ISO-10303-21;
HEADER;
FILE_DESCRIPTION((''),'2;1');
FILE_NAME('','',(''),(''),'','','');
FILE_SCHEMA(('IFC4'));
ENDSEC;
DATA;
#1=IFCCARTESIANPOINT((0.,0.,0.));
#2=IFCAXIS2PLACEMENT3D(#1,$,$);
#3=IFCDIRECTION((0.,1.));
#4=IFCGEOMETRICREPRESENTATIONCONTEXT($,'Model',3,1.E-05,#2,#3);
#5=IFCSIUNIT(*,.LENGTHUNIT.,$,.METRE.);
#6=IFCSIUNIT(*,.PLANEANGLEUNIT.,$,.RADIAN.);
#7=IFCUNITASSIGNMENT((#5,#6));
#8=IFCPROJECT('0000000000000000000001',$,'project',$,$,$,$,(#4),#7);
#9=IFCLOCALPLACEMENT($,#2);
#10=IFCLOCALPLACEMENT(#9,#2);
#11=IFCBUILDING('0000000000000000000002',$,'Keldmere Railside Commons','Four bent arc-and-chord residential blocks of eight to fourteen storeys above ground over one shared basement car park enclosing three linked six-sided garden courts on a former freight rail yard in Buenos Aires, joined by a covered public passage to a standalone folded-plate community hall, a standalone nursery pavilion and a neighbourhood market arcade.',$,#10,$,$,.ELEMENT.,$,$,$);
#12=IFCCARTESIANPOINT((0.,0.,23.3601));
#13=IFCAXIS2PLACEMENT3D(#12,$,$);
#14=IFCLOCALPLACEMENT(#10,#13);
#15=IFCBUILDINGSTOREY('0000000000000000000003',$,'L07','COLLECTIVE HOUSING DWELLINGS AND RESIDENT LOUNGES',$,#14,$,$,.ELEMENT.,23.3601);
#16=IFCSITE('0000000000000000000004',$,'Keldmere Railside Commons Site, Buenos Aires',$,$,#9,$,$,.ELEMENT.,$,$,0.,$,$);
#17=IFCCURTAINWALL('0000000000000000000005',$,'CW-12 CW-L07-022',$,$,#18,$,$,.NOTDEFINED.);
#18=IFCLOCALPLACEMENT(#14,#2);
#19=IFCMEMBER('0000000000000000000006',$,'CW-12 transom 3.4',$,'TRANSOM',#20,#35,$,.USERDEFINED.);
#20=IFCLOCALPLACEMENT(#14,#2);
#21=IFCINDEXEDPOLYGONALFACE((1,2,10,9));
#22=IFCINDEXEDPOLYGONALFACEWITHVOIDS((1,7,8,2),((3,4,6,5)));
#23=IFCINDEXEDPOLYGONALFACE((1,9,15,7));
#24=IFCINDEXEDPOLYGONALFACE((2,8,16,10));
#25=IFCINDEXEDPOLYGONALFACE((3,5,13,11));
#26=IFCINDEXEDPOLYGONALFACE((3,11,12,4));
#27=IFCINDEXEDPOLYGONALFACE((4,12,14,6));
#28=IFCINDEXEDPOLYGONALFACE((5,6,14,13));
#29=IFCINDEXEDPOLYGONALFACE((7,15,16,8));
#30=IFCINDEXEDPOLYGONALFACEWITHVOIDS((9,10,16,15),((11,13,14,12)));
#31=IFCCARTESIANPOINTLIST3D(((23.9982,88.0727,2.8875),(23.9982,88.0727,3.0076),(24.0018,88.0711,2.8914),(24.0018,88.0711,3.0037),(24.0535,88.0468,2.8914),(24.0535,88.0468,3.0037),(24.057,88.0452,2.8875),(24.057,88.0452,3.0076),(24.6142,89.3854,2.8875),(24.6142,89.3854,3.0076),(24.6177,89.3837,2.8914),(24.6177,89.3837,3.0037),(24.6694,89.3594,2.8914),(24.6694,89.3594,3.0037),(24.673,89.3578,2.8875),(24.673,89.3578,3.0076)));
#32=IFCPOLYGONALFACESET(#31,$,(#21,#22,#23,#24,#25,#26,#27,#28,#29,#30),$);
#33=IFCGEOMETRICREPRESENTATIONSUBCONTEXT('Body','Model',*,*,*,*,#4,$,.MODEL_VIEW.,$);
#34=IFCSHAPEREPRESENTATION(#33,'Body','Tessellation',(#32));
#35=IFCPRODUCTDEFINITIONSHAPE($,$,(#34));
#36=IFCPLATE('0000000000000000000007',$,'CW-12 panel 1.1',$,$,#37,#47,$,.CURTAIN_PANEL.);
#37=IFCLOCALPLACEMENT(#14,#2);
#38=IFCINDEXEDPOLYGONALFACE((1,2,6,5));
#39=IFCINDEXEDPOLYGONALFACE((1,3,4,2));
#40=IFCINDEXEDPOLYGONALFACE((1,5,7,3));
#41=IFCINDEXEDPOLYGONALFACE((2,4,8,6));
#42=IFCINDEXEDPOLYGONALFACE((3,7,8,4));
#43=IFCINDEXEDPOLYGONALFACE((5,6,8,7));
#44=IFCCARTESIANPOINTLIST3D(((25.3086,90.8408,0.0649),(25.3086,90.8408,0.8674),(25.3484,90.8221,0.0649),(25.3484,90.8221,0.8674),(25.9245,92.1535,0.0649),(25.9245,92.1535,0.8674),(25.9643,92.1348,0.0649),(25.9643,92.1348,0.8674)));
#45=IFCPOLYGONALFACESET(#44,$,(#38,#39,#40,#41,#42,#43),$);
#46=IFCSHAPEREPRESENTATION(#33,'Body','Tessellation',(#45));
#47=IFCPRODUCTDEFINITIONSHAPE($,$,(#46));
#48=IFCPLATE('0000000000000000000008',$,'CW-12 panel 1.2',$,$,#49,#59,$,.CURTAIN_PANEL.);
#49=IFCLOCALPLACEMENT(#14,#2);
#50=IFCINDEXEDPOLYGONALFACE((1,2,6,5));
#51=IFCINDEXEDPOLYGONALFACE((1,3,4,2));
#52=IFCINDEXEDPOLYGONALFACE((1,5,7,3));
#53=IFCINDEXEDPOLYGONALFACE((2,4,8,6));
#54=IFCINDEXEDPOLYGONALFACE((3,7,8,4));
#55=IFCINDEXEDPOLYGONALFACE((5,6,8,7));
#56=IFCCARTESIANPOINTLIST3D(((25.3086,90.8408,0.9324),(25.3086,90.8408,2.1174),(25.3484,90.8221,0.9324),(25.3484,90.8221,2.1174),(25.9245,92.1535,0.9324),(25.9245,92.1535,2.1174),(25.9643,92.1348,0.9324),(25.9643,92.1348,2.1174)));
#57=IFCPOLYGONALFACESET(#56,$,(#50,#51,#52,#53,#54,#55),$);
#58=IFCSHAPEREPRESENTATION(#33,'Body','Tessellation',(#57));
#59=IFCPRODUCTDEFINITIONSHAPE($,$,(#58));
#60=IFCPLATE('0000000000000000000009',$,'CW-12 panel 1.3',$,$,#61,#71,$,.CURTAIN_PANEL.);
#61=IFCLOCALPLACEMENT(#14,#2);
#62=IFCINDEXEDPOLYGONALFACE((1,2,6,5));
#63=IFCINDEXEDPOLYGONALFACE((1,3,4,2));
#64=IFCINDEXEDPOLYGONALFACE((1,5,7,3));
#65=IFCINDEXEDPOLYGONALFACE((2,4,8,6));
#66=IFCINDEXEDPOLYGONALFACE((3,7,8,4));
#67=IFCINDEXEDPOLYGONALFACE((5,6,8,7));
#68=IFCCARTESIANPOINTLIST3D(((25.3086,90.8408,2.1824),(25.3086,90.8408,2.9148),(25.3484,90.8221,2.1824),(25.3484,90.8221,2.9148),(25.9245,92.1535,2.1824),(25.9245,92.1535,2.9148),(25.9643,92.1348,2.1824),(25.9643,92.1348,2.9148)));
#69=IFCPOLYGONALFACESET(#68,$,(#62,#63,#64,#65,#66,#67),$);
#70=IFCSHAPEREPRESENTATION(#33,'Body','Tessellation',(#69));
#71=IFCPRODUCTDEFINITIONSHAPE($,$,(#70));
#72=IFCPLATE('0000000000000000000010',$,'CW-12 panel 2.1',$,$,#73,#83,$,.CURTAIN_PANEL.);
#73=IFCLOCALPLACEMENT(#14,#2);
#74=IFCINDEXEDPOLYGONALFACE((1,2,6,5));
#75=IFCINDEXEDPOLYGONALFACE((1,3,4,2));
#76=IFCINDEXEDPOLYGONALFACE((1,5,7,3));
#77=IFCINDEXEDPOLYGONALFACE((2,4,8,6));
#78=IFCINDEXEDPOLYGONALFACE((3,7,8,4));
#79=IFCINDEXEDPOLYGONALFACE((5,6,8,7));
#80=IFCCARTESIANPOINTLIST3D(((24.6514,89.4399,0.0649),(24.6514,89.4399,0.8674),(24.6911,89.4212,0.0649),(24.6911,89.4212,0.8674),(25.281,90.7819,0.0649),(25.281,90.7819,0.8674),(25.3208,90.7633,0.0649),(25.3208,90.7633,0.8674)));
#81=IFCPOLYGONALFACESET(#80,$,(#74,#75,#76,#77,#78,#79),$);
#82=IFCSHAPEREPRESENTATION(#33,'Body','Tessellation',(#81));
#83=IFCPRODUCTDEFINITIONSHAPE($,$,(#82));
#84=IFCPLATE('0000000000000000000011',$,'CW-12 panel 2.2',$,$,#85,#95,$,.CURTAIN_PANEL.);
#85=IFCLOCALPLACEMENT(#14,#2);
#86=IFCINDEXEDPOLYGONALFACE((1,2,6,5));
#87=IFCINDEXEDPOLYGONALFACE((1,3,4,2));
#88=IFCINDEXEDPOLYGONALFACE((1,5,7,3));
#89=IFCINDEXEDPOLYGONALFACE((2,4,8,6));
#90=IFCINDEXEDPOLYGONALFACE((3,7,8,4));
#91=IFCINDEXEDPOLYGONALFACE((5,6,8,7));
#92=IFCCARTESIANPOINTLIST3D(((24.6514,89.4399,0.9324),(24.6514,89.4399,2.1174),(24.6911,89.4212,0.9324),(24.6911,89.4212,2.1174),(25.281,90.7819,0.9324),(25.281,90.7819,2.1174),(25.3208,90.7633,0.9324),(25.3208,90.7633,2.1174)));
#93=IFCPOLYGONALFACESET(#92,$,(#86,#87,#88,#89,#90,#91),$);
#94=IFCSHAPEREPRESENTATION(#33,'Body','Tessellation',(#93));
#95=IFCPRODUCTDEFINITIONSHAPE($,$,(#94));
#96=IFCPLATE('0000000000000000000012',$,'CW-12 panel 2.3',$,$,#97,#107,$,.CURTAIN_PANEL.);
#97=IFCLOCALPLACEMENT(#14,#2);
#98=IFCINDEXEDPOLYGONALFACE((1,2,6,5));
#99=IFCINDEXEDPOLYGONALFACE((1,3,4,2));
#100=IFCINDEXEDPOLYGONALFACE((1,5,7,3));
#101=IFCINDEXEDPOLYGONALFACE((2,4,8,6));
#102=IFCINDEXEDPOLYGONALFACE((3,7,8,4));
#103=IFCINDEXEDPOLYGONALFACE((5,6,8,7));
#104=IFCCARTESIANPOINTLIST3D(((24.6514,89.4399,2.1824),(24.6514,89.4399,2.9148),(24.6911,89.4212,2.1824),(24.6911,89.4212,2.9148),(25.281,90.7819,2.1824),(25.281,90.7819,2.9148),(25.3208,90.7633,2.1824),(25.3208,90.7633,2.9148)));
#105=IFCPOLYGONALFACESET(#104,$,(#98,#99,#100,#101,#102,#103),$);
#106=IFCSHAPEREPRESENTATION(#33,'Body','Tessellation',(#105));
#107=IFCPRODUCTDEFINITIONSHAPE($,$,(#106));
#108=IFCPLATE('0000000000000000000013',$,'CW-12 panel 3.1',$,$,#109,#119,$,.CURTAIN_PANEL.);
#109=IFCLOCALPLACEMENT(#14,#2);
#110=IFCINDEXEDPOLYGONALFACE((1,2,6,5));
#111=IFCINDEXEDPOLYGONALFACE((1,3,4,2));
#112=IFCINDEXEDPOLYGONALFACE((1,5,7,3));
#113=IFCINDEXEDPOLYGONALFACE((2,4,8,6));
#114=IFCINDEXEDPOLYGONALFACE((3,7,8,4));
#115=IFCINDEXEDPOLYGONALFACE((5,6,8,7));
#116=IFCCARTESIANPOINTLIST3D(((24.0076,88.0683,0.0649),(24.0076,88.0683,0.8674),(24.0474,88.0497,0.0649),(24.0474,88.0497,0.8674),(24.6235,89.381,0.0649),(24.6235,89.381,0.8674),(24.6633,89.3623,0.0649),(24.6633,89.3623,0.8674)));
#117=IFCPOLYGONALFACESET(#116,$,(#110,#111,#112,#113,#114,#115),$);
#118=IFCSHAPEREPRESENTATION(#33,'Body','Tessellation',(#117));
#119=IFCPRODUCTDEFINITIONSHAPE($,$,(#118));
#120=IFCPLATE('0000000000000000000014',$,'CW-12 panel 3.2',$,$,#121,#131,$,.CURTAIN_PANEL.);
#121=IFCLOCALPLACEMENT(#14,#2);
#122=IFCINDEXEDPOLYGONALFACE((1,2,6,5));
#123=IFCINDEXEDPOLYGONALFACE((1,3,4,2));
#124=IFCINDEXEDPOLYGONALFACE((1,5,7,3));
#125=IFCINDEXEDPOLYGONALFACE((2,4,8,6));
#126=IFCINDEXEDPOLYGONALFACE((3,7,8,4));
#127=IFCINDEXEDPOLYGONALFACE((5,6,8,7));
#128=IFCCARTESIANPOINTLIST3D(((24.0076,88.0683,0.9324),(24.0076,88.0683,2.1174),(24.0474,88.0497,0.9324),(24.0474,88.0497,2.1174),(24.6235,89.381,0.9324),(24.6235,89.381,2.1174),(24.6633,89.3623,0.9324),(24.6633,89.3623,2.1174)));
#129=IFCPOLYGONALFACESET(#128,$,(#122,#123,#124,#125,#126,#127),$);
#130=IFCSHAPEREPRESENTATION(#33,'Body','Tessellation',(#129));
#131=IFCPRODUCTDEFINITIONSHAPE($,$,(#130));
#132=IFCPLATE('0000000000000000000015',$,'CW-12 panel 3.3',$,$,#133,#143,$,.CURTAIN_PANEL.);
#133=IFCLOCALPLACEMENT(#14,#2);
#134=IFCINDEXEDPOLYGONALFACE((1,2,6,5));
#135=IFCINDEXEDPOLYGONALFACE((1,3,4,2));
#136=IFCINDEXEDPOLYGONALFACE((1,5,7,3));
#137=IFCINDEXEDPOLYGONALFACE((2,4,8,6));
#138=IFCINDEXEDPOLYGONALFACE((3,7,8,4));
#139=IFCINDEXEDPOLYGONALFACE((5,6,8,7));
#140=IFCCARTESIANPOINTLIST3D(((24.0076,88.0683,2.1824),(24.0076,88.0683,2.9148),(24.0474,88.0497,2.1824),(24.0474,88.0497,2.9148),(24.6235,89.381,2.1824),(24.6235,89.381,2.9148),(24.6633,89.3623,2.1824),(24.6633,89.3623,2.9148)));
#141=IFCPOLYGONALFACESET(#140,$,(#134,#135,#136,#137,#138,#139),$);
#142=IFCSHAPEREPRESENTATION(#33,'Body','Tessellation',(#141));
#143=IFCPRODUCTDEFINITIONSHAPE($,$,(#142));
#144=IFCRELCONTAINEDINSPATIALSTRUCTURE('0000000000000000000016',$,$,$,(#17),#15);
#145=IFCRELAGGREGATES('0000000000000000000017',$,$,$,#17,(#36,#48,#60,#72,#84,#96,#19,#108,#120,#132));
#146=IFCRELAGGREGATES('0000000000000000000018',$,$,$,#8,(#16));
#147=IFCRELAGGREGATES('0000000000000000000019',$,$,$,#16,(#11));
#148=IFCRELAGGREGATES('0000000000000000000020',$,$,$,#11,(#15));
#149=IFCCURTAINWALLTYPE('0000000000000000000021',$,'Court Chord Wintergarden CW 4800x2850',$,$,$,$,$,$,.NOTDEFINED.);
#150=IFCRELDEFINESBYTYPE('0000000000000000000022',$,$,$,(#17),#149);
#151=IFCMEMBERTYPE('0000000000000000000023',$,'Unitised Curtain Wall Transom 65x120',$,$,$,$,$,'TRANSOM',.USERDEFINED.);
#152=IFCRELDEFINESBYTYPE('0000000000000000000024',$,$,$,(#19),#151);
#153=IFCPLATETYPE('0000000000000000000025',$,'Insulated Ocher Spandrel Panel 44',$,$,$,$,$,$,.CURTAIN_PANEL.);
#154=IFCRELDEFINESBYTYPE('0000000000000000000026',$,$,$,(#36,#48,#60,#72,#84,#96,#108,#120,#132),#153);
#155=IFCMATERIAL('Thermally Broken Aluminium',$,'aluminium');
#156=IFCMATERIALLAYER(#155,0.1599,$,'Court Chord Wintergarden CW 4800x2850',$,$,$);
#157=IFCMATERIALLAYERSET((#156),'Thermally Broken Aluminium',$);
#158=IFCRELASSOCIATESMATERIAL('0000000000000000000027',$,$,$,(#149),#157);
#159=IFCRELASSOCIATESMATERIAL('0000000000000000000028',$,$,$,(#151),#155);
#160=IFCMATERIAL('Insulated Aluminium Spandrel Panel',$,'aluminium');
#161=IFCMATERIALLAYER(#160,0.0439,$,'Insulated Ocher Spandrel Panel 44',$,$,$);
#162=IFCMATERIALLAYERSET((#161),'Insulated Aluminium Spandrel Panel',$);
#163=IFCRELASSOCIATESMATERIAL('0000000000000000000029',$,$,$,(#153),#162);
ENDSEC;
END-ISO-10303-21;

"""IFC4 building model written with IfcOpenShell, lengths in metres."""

from ifc_helpers import new_model, si_unit, direction, frame, origin, origin_2d, place, context, subcontext, project, spatial, rectangle, hollow_rectangle, extrude, material, layer, layer_set, material_profile, profile_set, type_object, element, aggregate, save


model = new_model("IFC4")

# Units and contexts
model_context = context("Model", 3, precision=1e-05, world=origin(), true_north=direction((0.0, 1.0)))
body_context = subcontext(model_context, "Body", "Model", "MODEL_VIEW")
ifc_project = project(units=[si_unit("LENGTHUNIT", "METRE"), si_unit("PLANEANGLEUNIT", "RADIAN")], contexts=[model_context])

# Site, building, storey
site_placement = place(None, origin())
site = spatial("IfcSite", under=ifc_project, at=site_placement, Name="Keldmere Railside Commons Site, Buenos Aires", CompositionType="ELEMENT", RefElevation=0.0)
building_placement = place(site_placement, origin())
building = spatial("IfcBuilding", under=site, at=building_placement, Name="Keldmere Railside Commons", Description="Four bent arc-and-chord residential blocks of eight to fourteen storeys above ground over one shared basement car park enclosing three linked six-sided garden courts on a former freight rail yard in Buenos Aires, joined by a covered public passage to a standalone folded-plate community hall, a standalone nursery pavilion and a neighbourhood market arcade.", CompositionType="ELEMENT")
storey_placement = place(building_placement, frame((0.0, 0.0, 23.3601)))
storey = spatial("IfcBuildingStorey", under=building, at=storey_placement, Name="L07", Description="COLLECTIVE HOUSING DWELLINGS AND RESIDENT LOUNGES", CompositionType="ELEMENT", Elevation=23.3601)

# Curtain wall, member, plates
ifc_material_1 = material(Name="Thermally Broken Aluminium", Category="aluminium")
ifc_layer_1 = layer(ifc_material_1, 0.1599, Name="Court Chord Wintergarden CW 4800x2850")
ifc_layer_set_1 = layer_set([ifc_layer_1], Name="Thermally Broken Aluminium")
curtain_wall_type = type_object("IfcCurtainWallType", Name="Court Chord Wintergarden CW 4800x2850", PredefinedType="NOTDEFINED", material=ifc_layer_set_1)
curtain_wall_placement = place(storey_placement, origin())
curtain_wall = element("IfcCurtainWall", 1, at=curtain_wall_placement, inside=storey, type_object=curtain_wall_type, Name="CW-12 CW-L07-022", PredefinedType="NOTDEFINED")
ifc_material_profile_1 = material_profile(ifc_material_1, hollow_rectangle(XDim=0.0649, YDim=0.1201, WallThickness=0.0039, at=origin_2d()), Name="ALU-TRAN-65x120")
ifc_profile_set_1 = profile_set([ifc_material_profile_1], Name="Thermally Broken Aluminium")
member_type_1 = type_object("IfcMemberType", Name="Unitised Curtain Wall Transom 65x120", ElementType="TRANSOM", PredefinedType="USERDEFINED", material=ifc_profile_set_1)
member_1_placement = place(storey_placement, frame((24.6436, 89.3716, 2.9475), z_axis=(-0.424783, -0.905295, 0.0), x_axis=(0.905295, -0.424783, 0.0)))
member_1 = element("IfcMember", 2, at=member_1_placement, type_object=member_type_1, Name="CW-12 transom 3.4", ObjectType="TRANSOM", PredefinedType="USERDEFINED", context=body_context, shape_type="SweptSolid", body=[
    extrude(hollow_rectangle(XDim=0.0649, YDim=0.1201, WallThickness=0.0039, at=origin_2d()), origin(), (0.0, 0.0, 1.0), 1.45),
])
ifc_material_2 = material(Name="Insulated Aluminium Spandrel Panel", Category="aluminium")
ifc_layer_2 = layer(ifc_material_2, 0.0439, Name="Insulated Ocher Spandrel Panel 44")
ifc_layer_set_2 = layer_set([ifc_layer_2], Name="Insulated Aluminium Spandrel Panel")
plate_type = type_object("IfcPlateType", Name="Insulated Ocher Spandrel Panel 44", PredefinedType="CURTAIN_PANEL", material=ifc_layer_set_2)
plate_1_placement = place(storey_placement, frame((25.6365, 91.4878, 0.0649), z_axis=(0.0, 0.0, 1.0), x_axis=(-0.424759, -0.905306, 0.0)))
plate_1 = element("IfcPlate", 3, at=plate_1_placement, type_object=plate_type, Name="CW-12 panel 1.1", PredefinedType="CURTAIN_PANEL", context=body_context, shape_type="SweptSolid", body=[
    extrude(rectangle(XDim=1.45, YDim=0.0439, at=origin_2d()), origin(), (0.0, 0.0, 1.0), 0.8025),
])
plate_2_placement = place(storey_placement, frame((25.6365, 91.4878, 0.9324), z_axis=(0.0, 0.0, 1.0), x_axis=(-0.424759, -0.905306, 0.0)))
plate_2 = element("IfcPlate", 4, at=plate_2_placement, type_object=plate_type, Name="CW-12 panel 1.2", PredefinedType="CURTAIN_PANEL", context=body_context, shape_type="SweptSolid", body=[
    extrude(rectangle(XDim=1.45, YDim=0.0439, at=origin_2d()), origin(), (0.0, 0.0, 1.0), 1.1851),
])
plate_3_placement = place(storey_placement, frame((25.6365, 91.4878, 2.1824), z_axis=(0.0, 0.0, 1.0), x_axis=(-0.424759, -0.905306, 0.0)))
plate_3 = element("IfcPlate", 5, at=plate_3_placement, type_object=plate_type, Name="CW-12 panel 1.3", PredefinedType="CURTAIN_PANEL", context=body_context, shape_type="SweptSolid", body=[
    extrude(rectangle(XDim=1.45, YDim=0.0439, at=origin_2d()), origin(), (0.0, 0.0, 1.0), 0.7324),
])
plate_4_placement = place(storey_placement, frame((24.9861, 90.1016, 0.0649), z_axis=(0.0, 0.0, 1.0), x_axis=(-0.424759, -0.905306, 0.0)))
plate_4 = element("IfcPlate", 6, at=plate_4_placement, type_object=plate_type, Name="CW-12 panel 2.1", PredefinedType="CURTAIN_PANEL", context=body_context, shape_type="SweptSolid", body=[
    extrude(rectangle(XDim=1.4824, YDim=0.0439, at=origin_2d()), origin(), (0.0, 0.0, 1.0), 0.8025),
])
plate_5_placement = place(storey_placement, frame((24.9861, 90.1016, 0.9324), z_axis=(0.0, 0.0, 1.0), x_axis=(-0.424759, -0.905306, 0.0)))
plate_5 = element("IfcPlate", 7, at=plate_5_placement, type_object=plate_type, Name="CW-12 panel 2.2", PredefinedType="CURTAIN_PANEL", context=body_context, shape_type="SweptSolid", body=[
    extrude(rectangle(XDim=1.4824, YDim=0.0439, at=origin_2d()), origin(), (0.0, 0.0, 1.0), 1.1851),
])
plate_6_placement = place(storey_placement, frame((24.9861, 90.1016, 2.1824), z_axis=(0.0, 0.0, 1.0), x_axis=(-0.424759, -0.905306, 0.0)))
plate_6 = element("IfcPlate", 8, at=plate_6_placement, type_object=plate_type, Name="CW-12 panel 2.3", PredefinedType="CURTAIN_PANEL", context=body_context, shape_type="SweptSolid", body=[
    extrude(rectangle(XDim=1.4824, YDim=0.0439, at=origin_2d()), origin(), (0.0, 0.0, 1.0), 0.7324),
])
plate_7_placement = place(storey_placement, frame((24.3354, 88.7153, 0.0649), z_axis=(0.0, 0.0, 1.0), x_axis=(-0.424759, -0.905306, 0.0)))
plate_7 = element("IfcPlate", 9, at=plate_7_placement, type_object=plate_type, Name="CW-12 panel 3.1", PredefinedType="CURTAIN_PANEL", context=body_context, shape_type="SweptSolid", body=[
    extrude(rectangle(XDim=1.45, YDim=0.0439, at=origin_2d()), origin(), (0.0, 0.0, 1.0), 0.8025),
])
plate_8_placement = place(storey_placement, frame((24.3354, 88.7153, 0.9324), z_axis=(0.0, 0.0, 1.0), x_axis=(-0.424759, -0.905306, 0.0)))
plate_8 = element("IfcPlate", 10, at=plate_8_placement, type_object=plate_type, Name="CW-12 panel 3.2", PredefinedType="CURTAIN_PANEL", context=body_context, shape_type="SweptSolid", body=[
    extrude(rectangle(XDim=1.45, YDim=0.0439, at=origin_2d()), origin(), (0.0, 0.0, 1.0), 1.1851),
])
plate_9_placement = place(storey_placement, frame((24.3354, 88.7153, 2.1824), z_axis=(0.0, 0.0, 1.0), x_axis=(-0.424759, -0.905306, 0.0)))
plate_9 = element("IfcPlate", 11, at=plate_9_placement, type_object=plate_type, Name="CW-12 panel 3.3", PredefinedType="CURTAIN_PANEL", context=body_context, shape_type="SweptSolid", body=[
    extrude(rectangle(XDim=1.45, YDim=0.0439, at=origin_2d()), origin(), (0.0, 0.0, 1.0), 0.7324),
])
aggregate(curtain_wall, [plate_1, plate_2, plate_3, plate_4, plate_5, plate_6, member_1, plate_7, plate_8, plate_9])

save(model, "model.ifc")
